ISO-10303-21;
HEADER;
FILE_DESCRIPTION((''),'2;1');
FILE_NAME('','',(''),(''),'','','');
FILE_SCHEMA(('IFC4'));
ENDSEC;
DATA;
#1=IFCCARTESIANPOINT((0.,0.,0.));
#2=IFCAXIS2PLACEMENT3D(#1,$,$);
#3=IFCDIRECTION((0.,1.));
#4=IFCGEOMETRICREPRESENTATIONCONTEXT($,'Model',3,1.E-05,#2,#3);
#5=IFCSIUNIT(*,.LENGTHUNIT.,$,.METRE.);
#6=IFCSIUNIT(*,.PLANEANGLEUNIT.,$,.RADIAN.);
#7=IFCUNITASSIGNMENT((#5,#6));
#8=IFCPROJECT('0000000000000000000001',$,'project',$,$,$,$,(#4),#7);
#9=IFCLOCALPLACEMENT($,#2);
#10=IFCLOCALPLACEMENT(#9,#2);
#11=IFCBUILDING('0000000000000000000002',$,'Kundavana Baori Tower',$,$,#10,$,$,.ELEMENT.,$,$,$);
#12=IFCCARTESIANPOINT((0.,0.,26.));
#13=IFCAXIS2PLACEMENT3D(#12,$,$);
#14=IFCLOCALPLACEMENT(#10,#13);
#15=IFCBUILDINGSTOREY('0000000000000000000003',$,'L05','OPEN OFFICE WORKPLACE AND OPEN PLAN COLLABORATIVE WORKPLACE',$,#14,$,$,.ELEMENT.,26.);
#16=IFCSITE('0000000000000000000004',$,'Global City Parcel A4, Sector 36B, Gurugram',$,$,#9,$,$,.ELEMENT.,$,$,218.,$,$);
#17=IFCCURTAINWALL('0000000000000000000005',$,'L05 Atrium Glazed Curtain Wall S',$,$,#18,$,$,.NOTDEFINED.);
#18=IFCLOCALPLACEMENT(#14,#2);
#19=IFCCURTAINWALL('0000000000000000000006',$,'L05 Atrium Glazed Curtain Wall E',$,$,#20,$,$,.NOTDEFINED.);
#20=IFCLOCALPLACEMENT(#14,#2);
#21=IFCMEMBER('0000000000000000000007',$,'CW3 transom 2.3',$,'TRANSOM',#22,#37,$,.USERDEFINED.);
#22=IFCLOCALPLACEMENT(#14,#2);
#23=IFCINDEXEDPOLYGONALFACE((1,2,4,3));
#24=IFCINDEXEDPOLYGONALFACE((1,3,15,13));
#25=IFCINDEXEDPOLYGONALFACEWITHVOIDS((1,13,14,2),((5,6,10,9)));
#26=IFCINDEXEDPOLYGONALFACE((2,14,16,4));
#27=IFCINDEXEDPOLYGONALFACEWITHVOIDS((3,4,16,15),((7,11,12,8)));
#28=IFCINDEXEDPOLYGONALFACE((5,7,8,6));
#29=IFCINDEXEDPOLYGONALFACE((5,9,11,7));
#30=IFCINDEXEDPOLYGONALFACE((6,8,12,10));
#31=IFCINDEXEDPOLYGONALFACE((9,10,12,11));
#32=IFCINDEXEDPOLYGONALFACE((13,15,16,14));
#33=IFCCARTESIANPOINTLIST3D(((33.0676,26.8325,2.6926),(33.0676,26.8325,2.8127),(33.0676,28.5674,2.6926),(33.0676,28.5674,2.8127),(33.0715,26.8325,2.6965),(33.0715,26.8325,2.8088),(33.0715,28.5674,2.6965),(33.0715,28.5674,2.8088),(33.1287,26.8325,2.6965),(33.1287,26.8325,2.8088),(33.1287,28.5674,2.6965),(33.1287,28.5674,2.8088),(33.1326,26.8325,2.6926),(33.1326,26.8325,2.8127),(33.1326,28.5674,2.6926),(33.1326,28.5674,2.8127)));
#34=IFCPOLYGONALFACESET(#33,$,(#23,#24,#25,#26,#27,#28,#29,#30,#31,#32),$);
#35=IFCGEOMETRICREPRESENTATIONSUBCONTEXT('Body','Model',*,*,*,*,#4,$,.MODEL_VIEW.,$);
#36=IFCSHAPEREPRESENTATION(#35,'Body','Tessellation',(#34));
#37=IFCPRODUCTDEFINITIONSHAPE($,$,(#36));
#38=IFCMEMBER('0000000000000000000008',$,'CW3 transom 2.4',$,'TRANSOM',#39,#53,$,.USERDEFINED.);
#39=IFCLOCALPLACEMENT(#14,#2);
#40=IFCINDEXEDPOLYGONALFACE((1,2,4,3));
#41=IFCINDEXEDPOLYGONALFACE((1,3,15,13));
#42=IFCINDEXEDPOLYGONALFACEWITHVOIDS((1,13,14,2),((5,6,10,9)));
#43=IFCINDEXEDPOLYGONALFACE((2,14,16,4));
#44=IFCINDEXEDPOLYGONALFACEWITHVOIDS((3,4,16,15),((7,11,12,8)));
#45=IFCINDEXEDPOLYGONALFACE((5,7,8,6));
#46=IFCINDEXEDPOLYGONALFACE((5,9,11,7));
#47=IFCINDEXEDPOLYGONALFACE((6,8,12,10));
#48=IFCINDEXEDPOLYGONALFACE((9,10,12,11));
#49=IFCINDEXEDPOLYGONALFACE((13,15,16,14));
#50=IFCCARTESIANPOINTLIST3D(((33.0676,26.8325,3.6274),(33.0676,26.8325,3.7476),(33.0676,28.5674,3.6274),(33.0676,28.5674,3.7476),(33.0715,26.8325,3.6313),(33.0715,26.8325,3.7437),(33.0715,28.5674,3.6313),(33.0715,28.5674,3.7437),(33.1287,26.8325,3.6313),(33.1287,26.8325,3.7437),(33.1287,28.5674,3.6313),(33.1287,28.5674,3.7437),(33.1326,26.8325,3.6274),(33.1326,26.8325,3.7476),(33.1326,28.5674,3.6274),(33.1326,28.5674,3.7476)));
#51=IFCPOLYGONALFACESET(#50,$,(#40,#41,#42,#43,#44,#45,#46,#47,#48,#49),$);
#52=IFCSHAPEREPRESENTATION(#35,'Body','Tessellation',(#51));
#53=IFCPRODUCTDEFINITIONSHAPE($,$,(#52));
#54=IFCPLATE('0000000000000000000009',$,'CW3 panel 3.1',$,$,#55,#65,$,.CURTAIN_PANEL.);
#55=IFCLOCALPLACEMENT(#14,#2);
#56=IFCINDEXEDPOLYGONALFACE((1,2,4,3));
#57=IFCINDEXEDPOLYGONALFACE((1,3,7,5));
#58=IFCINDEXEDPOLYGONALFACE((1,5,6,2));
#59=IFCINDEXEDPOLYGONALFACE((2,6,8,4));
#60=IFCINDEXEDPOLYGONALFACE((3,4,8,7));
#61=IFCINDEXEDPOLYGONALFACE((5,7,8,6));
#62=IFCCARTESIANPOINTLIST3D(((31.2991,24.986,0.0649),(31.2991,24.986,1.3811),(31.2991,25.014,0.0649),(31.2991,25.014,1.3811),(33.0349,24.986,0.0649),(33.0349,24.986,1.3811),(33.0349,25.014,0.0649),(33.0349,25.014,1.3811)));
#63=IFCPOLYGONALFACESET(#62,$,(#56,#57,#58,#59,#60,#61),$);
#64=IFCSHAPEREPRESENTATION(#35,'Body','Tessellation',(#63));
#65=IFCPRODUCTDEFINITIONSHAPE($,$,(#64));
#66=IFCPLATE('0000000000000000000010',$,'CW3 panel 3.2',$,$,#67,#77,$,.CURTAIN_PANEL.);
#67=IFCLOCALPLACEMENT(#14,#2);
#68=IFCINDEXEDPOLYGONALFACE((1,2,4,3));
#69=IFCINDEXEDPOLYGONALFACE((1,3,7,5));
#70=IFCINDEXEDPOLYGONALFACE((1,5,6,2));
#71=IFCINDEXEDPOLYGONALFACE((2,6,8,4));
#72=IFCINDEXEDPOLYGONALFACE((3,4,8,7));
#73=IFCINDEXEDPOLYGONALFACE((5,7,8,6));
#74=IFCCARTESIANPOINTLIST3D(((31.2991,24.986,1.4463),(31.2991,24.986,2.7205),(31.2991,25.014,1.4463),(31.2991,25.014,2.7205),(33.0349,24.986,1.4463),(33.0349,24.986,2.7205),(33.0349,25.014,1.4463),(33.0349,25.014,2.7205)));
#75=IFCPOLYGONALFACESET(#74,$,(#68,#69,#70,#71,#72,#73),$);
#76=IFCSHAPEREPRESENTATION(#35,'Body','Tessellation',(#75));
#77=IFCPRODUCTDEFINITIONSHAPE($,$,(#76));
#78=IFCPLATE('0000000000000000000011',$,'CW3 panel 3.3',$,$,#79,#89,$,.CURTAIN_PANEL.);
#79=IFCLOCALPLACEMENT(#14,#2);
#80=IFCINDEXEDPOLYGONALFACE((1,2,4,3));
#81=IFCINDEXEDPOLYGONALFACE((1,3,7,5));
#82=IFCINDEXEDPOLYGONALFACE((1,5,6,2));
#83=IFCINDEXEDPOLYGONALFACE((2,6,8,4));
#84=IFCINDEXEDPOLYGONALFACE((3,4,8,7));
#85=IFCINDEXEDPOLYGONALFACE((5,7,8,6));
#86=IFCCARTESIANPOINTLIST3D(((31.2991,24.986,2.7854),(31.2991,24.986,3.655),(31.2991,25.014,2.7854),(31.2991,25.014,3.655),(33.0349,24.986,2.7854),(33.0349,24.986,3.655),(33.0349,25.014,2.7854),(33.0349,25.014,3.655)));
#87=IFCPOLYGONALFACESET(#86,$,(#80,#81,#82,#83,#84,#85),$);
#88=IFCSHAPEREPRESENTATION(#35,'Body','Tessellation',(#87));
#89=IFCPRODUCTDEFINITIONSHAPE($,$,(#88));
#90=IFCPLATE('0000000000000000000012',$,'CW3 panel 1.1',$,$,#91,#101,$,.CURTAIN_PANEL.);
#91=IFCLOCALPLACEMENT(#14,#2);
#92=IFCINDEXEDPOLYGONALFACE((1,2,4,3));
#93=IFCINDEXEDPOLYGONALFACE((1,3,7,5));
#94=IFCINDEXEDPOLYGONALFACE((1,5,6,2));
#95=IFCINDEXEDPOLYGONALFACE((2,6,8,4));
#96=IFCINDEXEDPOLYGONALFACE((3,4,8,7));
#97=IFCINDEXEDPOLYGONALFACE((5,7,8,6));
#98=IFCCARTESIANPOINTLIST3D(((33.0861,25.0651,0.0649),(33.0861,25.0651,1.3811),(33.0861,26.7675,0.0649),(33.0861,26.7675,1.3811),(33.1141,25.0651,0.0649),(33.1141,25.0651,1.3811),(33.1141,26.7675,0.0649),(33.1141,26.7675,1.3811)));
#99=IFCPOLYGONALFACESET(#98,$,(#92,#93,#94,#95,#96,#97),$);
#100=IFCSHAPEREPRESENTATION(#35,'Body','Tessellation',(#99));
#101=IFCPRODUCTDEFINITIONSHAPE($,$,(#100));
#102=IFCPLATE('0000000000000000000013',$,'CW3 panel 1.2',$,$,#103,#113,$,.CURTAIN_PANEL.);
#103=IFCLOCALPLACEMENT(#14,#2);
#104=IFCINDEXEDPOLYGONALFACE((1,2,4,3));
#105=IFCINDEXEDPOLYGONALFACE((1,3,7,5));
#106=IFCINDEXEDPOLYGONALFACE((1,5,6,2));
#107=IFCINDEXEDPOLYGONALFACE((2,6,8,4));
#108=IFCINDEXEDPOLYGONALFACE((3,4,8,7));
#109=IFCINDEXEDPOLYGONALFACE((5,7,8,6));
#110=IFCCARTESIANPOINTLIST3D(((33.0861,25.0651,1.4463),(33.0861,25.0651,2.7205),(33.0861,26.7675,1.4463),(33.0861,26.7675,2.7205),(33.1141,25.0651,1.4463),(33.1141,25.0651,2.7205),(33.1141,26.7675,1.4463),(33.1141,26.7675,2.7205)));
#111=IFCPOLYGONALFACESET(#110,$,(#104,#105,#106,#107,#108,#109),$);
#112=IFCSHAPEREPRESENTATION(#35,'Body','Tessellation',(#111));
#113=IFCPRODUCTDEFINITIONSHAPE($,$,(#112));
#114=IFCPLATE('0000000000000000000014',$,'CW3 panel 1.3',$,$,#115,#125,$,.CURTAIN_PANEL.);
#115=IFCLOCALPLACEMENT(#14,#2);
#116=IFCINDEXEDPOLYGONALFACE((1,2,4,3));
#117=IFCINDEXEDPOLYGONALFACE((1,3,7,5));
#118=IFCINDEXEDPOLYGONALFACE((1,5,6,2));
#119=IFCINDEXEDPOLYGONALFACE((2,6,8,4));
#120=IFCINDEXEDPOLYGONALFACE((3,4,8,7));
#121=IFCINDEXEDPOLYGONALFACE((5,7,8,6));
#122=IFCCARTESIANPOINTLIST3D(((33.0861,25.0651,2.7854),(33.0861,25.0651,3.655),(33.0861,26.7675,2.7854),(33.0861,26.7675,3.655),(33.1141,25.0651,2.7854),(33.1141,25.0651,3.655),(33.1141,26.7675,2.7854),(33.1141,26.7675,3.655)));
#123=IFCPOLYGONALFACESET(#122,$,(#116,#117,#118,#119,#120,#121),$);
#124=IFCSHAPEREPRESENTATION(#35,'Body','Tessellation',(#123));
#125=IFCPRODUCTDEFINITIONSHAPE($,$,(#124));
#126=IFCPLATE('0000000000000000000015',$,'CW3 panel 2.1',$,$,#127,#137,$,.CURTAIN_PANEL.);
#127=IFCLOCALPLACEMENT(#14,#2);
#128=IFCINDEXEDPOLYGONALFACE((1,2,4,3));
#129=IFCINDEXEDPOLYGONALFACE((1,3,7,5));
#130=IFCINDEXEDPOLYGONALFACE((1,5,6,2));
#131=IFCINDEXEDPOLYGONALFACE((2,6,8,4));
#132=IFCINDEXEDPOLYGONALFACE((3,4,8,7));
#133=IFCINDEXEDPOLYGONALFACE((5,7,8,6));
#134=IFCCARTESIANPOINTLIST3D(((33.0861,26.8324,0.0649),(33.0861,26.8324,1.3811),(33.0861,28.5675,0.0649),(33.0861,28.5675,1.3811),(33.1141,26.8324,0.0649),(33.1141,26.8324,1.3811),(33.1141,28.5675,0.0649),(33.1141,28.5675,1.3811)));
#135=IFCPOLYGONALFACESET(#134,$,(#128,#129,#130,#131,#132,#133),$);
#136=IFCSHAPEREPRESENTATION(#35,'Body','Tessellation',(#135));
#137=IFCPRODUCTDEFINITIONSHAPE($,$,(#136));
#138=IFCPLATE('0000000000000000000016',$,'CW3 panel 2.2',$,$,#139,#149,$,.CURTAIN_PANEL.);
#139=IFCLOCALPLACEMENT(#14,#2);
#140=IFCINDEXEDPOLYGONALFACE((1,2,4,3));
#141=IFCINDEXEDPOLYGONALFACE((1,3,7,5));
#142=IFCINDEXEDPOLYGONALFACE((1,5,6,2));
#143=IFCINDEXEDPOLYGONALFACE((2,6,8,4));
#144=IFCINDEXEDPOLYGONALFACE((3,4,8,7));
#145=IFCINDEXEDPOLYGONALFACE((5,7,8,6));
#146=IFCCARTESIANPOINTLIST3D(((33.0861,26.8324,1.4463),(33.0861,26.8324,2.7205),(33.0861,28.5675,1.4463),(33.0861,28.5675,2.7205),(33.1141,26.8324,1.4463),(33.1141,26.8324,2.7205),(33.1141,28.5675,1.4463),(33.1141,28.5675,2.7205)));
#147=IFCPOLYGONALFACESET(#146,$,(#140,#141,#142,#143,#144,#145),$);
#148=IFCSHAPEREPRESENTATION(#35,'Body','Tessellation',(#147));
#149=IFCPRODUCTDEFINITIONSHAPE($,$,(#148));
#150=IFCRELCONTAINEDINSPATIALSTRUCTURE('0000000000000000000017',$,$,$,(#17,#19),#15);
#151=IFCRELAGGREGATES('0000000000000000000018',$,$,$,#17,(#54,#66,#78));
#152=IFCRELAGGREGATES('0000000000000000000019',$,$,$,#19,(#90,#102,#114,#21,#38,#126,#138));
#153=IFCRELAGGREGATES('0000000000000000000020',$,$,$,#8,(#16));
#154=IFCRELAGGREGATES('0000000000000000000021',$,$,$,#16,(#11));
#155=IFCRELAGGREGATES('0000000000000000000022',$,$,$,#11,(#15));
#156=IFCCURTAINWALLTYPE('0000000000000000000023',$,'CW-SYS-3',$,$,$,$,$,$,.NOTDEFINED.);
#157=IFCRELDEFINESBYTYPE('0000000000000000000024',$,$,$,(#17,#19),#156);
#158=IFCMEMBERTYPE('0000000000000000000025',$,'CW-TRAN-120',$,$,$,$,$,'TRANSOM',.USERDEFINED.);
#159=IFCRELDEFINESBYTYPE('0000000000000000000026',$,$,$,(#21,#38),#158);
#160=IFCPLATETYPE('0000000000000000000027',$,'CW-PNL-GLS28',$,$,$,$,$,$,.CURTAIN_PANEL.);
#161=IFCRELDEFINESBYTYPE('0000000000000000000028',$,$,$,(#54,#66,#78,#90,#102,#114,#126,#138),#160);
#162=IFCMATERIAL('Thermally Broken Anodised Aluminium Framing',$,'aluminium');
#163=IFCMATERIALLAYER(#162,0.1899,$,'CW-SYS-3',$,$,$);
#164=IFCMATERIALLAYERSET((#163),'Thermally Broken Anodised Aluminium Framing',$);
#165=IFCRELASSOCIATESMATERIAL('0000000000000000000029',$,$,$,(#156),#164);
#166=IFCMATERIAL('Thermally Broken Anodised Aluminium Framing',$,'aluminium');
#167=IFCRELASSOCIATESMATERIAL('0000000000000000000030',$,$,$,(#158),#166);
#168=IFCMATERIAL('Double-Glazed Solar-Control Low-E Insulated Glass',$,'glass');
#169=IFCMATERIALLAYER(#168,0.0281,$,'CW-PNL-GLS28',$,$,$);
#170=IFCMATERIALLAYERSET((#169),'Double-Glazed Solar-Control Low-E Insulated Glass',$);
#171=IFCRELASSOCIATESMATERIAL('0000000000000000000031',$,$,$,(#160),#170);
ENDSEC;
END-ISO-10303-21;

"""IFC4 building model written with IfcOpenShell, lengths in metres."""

from ifc_helpers import new_model, si_unit, direction, frame, origin, origin_2d, place, context, subcontext, project, spatial, rectangle, hollow_rectangle, extrude, material, layer, layer_set, material_profile, profile_set, type_object, element, aggregate, save


model = new_model("IFC4")

# Units and contexts
model_context = context("Model", 3, precision=1e-05, world=origin(), true_north=direction((0.0, 1.0)))
body_context = subcontext(model_context, "Body", "Model", "MODEL_VIEW")
ifc_project = project(units=[si_unit("LENGTHUNIT", "METRE"), si_unit("PLANEANGLEUNIT", "RADIAN")], contexts=[model_context])

# Site, building, storey
site_placement = place(None, origin())
site = spatial("IfcSite", under=ifc_project, at=site_placement, Name="Global City Parcel A4, Sector 36B, Gurugram", CompositionType="ELEMENT", RefElevation=218.0)
building_placement = place(site_placement, origin())
building = spatial("IfcBuilding", under=site, at=building_placement, Name="Kundavana Baori Tower", CompositionType="ELEMENT")
storey_placement = place(building_placement, frame((0.0, 0.0, 26.0)))
storey = spatial("IfcBuildingStorey", under=building, at=storey_placement, Name="L05", Description="OPEN OFFICE WORKPLACE AND OPEN PLAN COLLABORATIVE WORKPLACE", CompositionType="ELEMENT", Elevation=26.0)

# Curtain wall
ifc_material_1 = material(Name="Thermally Broken Anodised Aluminium Framing", Category="aluminium")
ifc_layer_1 = layer(ifc_material_1, 0.1899, Name="CW-SYS-3")
ifc_layer_set_1 = layer_set([ifc_layer_1], Name="Thermally Broken Anodised Aluminium Framing")
curtain_wall_type = type_object("IfcCurtainWallType", Name="CW-SYS-3", PredefinedType="NOTDEFINED", material=ifc_layer_set_1)
curtain_wall_1_placement = place(storey_placement, origin())
curtain_wall_1 = element("IfcCurtainWall", 1, at=curtain_wall_1_placement, inside=storey, type_object=curtain_wall_type, Name="L05 Atrium Glazed Curtain Wall S", PredefinedType="NOTDEFINED")

# Curtain wall
curtain_wall_2_placement = place(storey_placement, origin())
curtain_wall_2 = element("IfcCurtainWall", 2, at=curtain_wall_2_placement, inside=storey, type_object=curtain_wall_type, Name="L05 Atrium Glazed Curtain Wall E", PredefinedType="NOTDEFINED")

# Members
ifc_material_2 = material(Name="Thermally Broken Anodised Aluminium Framing", Category="aluminium")
ifc_material_profile_1 = material_profile(ifc_material_2, hollow_rectangle(XDim=0.0649, YDim=0.1201, WallThickness=0.0039, at=origin_2d()), Name="CW-TRAN-120")
ifc_profile_set_1 = profile_set([ifc_material_profile_1], Name="Thermally Broken Anodised Aluminium Framing")
member_type_1 = type_object("IfcMemberType", Name="CW-TRAN-120", ElementType="TRANSOM", PredefinedType="USERDEFINED", material=ifc_profile_set_1)
member_1_placement = place(storey_placement, frame((33.1001, 26.8325, 2.7527), z_axis=(0.0, 1.0, 0.0), x_axis=(-1.0, 0.0, 0.0)))
member_1 = element("IfcMember", 3, at=member_1_placement, type_object=member_type_1, Name="CW3 transom 2.3", ObjectType="TRANSOM", PredefinedType="USERDEFINED", context=body_context, shape_type="SweptSolid", body=[
    extrude(hollow_rectangle(XDim=0.0649, YDim=0.1201, WallThickness=0.0039, at=origin_2d()), origin(), (0.0, 0.0, 1.0), 1.7349),
])
member_2_placement = place(storey_placement, frame((33.1001, 26.8325, 3.6875), z_axis=(0.0, 1.0, 0.0), x_axis=(-1.0, 0.0, 0.0)))
member_2 = element("IfcMember", 4, at=member_2_placement, type_object=member_type_1, Name="CW3 transom 2.4", ObjectType="TRANSOM", PredefinedType="USERDEFINED", context=body_context, shape_type="SweptSolid", body=[
    extrude(hollow_rectangle(XDim=0.0649, YDim=0.1201, WallThickness=0.0039, at=origin_2d()), origin(), (0.0, 0.0, 1.0), 1.7349),
])

# Plates
ifc_material_3 = material(Name="Double-Glazed Solar-Control Low-E Insulated Glass", Category="glass")
ifc_layer_2 = layer(ifc_material_3, 0.0281, Name="CW-PNL-GLS28")
ifc_layer_set_2 = layer_set([ifc_layer_2], Name="Double-Glazed Solar-Control Low-E Insulated Glass")
plate_type = type_object("IfcPlateType", Name="CW-PNL-GLS28", PredefinedType="CURTAIN_PANEL", material=ifc_layer_set_2)
plate_1_placement = place(storey_placement, frame((32.167, 25.0, 0.0649), z_axis=(0.0, 0.0, 1.0), x_axis=(1.0, 0.0, 0.0)))
plate_1 = element("IfcPlate", 5, at=plate_1_placement, type_object=plate_type, Name="CW3 panel 3.1", PredefinedType="CURTAIN_PANEL", context=body_context, shape_type="SweptSolid", body=[
    extrude(rectangle(XDim=1.7358, YDim=0.0281, at=origin_2d()), origin(), (0.0, 0.0, 1.0), 1.3162),
])
plate_2_placement = place(storey_placement, frame((32.167, 25.0, 1.4463), z_axis=(0.0, 0.0, 1.0), x_axis=(1.0, 0.0, 0.0)))
plate_2 = element("IfcPlate", 6, at=plate_2_placement, type_object=plate_type, Name="CW3 panel 3.2", PredefinedType="CURTAIN_PANEL", context=body_context, shape_type="SweptSolid", body=[
    extrude(rectangle(XDim=1.7358, YDim=0.0281, at=origin_2d()), origin(), (0.0, 0.0, 1.0), 1.2742),
])
plate_3_placement = place(storey_placement, frame((32.167, 25.0, 2.7854), z_axis=(0.0, 0.0, 1.0), x_axis=(1.0, 0.0, 0.0)))
plate_3 = element("IfcPlate", 7, at=plate_3_placement, type_object=plate_type, Name="CW3 panel 3.3", PredefinedType="CURTAIN_PANEL", context=body_context, shape_type="SweptSolid", body=[
    extrude(rectangle(XDim=1.7358, YDim=0.0281, at=origin_2d()), origin(), (0.0, 0.0, 1.0), 0.8696),
])
aggregate(curtain_wall_1, [plate_1, plate_2, plate_3])
plate_4_placement = place(storey_placement, frame((33.1001, 25.9163, 0.0649), z_axis=(0.0, 0.0, 1.0), x_axis=(0.0, 1.0, 0.0)))
plate_4 = element("IfcPlate", 8, at=plate_4_placement, type_object=plate_type, Name="CW3 panel 1.1", PredefinedType="CURTAIN_PANEL", context=body_context, shape_type="SweptSolid", body=[
    extrude(rectangle(XDim=1.7024, YDim=0.0281, at=origin_2d()), origin(), (0.0, 0.0, 1.0), 1.3162),
])
plate_5_placement = place(storey_placement, frame((33.1001, 25.9163, 1.4463), z_axis=(0.0, 0.0, 1.0), x_axis=(0.0, 1.0, 0.0)))
plate_5 = element("IfcPlate", 9, at=plate_5_placement, type_object=plate_type, Name="CW3 panel 1.2", PredefinedType="CURTAIN_PANEL", context=body_context, shape_type="SweptSolid", body=[
    extrude(rectangle(XDim=1.7024, YDim=0.0281, at=origin_2d()), origin(), (0.0, 0.0, 1.0), 1.2742),
])
plate_6_placement = place(storey_placement, frame((33.1001, 25.9163, 2.7854), z_axis=(0.0, 0.0, 1.0), x_axis=(0.0, 1.0, 0.0)))
plate_6 = element("IfcPlate", 10, at=plate_6_placement, type_object=plate_type, Name="CW3 panel 1.3", PredefinedType="CURTAIN_PANEL", context=body_context, shape_type="SweptSolid", body=[
    extrude(rectangle(XDim=1.7024, YDim=0.0281, at=origin_2d()), origin(), (0.0, 0.0, 1.0), 0.8696),
])
plate_7_placement = place(storey_placement, frame((33.1001, 27.7, 0.0649), z_axis=(0.0, 0.0, 1.0), x_axis=(0.0, 1.0, 0.0)))
plate_7 = element("IfcPlate", 11, at=plate_7_placement, type_object=plate_type, Name="CW3 panel 2.1", PredefinedType="CURTAIN_PANEL", context=body_context, shape_type="SweptSolid", body=[
    extrude(rectangle(XDim=1.7351, YDim=0.0281, at=origin_2d()), origin(), (0.0, 0.0, 1.0), 1.3162),
])
plate_8_placement = place(storey_placement, frame((33.1001, 27.7, 1.4463), z_axis=(0.0, 0.0, 1.0), x_axis=(0.0, 1.0, 0.0)))
plate_8 = element("IfcPlate", 12, at=plate_8_placement, type_object=plate_type, Name="CW3 panel 2.2", PredefinedType="CURTAIN_PANEL", context=body_context, shape_type="SweptSolid", body=[
    extrude(rectangle(XDim=1.7351, YDim=0.0281, at=origin_2d()), origin(), (0.0, 0.0, 1.0), 1.2742),
])
aggregate(curtain_wall_2, [plate_4, plate_5, plate_6, member_1, member_2, plate_7, plate_8])

save(model, "model.ifc")
